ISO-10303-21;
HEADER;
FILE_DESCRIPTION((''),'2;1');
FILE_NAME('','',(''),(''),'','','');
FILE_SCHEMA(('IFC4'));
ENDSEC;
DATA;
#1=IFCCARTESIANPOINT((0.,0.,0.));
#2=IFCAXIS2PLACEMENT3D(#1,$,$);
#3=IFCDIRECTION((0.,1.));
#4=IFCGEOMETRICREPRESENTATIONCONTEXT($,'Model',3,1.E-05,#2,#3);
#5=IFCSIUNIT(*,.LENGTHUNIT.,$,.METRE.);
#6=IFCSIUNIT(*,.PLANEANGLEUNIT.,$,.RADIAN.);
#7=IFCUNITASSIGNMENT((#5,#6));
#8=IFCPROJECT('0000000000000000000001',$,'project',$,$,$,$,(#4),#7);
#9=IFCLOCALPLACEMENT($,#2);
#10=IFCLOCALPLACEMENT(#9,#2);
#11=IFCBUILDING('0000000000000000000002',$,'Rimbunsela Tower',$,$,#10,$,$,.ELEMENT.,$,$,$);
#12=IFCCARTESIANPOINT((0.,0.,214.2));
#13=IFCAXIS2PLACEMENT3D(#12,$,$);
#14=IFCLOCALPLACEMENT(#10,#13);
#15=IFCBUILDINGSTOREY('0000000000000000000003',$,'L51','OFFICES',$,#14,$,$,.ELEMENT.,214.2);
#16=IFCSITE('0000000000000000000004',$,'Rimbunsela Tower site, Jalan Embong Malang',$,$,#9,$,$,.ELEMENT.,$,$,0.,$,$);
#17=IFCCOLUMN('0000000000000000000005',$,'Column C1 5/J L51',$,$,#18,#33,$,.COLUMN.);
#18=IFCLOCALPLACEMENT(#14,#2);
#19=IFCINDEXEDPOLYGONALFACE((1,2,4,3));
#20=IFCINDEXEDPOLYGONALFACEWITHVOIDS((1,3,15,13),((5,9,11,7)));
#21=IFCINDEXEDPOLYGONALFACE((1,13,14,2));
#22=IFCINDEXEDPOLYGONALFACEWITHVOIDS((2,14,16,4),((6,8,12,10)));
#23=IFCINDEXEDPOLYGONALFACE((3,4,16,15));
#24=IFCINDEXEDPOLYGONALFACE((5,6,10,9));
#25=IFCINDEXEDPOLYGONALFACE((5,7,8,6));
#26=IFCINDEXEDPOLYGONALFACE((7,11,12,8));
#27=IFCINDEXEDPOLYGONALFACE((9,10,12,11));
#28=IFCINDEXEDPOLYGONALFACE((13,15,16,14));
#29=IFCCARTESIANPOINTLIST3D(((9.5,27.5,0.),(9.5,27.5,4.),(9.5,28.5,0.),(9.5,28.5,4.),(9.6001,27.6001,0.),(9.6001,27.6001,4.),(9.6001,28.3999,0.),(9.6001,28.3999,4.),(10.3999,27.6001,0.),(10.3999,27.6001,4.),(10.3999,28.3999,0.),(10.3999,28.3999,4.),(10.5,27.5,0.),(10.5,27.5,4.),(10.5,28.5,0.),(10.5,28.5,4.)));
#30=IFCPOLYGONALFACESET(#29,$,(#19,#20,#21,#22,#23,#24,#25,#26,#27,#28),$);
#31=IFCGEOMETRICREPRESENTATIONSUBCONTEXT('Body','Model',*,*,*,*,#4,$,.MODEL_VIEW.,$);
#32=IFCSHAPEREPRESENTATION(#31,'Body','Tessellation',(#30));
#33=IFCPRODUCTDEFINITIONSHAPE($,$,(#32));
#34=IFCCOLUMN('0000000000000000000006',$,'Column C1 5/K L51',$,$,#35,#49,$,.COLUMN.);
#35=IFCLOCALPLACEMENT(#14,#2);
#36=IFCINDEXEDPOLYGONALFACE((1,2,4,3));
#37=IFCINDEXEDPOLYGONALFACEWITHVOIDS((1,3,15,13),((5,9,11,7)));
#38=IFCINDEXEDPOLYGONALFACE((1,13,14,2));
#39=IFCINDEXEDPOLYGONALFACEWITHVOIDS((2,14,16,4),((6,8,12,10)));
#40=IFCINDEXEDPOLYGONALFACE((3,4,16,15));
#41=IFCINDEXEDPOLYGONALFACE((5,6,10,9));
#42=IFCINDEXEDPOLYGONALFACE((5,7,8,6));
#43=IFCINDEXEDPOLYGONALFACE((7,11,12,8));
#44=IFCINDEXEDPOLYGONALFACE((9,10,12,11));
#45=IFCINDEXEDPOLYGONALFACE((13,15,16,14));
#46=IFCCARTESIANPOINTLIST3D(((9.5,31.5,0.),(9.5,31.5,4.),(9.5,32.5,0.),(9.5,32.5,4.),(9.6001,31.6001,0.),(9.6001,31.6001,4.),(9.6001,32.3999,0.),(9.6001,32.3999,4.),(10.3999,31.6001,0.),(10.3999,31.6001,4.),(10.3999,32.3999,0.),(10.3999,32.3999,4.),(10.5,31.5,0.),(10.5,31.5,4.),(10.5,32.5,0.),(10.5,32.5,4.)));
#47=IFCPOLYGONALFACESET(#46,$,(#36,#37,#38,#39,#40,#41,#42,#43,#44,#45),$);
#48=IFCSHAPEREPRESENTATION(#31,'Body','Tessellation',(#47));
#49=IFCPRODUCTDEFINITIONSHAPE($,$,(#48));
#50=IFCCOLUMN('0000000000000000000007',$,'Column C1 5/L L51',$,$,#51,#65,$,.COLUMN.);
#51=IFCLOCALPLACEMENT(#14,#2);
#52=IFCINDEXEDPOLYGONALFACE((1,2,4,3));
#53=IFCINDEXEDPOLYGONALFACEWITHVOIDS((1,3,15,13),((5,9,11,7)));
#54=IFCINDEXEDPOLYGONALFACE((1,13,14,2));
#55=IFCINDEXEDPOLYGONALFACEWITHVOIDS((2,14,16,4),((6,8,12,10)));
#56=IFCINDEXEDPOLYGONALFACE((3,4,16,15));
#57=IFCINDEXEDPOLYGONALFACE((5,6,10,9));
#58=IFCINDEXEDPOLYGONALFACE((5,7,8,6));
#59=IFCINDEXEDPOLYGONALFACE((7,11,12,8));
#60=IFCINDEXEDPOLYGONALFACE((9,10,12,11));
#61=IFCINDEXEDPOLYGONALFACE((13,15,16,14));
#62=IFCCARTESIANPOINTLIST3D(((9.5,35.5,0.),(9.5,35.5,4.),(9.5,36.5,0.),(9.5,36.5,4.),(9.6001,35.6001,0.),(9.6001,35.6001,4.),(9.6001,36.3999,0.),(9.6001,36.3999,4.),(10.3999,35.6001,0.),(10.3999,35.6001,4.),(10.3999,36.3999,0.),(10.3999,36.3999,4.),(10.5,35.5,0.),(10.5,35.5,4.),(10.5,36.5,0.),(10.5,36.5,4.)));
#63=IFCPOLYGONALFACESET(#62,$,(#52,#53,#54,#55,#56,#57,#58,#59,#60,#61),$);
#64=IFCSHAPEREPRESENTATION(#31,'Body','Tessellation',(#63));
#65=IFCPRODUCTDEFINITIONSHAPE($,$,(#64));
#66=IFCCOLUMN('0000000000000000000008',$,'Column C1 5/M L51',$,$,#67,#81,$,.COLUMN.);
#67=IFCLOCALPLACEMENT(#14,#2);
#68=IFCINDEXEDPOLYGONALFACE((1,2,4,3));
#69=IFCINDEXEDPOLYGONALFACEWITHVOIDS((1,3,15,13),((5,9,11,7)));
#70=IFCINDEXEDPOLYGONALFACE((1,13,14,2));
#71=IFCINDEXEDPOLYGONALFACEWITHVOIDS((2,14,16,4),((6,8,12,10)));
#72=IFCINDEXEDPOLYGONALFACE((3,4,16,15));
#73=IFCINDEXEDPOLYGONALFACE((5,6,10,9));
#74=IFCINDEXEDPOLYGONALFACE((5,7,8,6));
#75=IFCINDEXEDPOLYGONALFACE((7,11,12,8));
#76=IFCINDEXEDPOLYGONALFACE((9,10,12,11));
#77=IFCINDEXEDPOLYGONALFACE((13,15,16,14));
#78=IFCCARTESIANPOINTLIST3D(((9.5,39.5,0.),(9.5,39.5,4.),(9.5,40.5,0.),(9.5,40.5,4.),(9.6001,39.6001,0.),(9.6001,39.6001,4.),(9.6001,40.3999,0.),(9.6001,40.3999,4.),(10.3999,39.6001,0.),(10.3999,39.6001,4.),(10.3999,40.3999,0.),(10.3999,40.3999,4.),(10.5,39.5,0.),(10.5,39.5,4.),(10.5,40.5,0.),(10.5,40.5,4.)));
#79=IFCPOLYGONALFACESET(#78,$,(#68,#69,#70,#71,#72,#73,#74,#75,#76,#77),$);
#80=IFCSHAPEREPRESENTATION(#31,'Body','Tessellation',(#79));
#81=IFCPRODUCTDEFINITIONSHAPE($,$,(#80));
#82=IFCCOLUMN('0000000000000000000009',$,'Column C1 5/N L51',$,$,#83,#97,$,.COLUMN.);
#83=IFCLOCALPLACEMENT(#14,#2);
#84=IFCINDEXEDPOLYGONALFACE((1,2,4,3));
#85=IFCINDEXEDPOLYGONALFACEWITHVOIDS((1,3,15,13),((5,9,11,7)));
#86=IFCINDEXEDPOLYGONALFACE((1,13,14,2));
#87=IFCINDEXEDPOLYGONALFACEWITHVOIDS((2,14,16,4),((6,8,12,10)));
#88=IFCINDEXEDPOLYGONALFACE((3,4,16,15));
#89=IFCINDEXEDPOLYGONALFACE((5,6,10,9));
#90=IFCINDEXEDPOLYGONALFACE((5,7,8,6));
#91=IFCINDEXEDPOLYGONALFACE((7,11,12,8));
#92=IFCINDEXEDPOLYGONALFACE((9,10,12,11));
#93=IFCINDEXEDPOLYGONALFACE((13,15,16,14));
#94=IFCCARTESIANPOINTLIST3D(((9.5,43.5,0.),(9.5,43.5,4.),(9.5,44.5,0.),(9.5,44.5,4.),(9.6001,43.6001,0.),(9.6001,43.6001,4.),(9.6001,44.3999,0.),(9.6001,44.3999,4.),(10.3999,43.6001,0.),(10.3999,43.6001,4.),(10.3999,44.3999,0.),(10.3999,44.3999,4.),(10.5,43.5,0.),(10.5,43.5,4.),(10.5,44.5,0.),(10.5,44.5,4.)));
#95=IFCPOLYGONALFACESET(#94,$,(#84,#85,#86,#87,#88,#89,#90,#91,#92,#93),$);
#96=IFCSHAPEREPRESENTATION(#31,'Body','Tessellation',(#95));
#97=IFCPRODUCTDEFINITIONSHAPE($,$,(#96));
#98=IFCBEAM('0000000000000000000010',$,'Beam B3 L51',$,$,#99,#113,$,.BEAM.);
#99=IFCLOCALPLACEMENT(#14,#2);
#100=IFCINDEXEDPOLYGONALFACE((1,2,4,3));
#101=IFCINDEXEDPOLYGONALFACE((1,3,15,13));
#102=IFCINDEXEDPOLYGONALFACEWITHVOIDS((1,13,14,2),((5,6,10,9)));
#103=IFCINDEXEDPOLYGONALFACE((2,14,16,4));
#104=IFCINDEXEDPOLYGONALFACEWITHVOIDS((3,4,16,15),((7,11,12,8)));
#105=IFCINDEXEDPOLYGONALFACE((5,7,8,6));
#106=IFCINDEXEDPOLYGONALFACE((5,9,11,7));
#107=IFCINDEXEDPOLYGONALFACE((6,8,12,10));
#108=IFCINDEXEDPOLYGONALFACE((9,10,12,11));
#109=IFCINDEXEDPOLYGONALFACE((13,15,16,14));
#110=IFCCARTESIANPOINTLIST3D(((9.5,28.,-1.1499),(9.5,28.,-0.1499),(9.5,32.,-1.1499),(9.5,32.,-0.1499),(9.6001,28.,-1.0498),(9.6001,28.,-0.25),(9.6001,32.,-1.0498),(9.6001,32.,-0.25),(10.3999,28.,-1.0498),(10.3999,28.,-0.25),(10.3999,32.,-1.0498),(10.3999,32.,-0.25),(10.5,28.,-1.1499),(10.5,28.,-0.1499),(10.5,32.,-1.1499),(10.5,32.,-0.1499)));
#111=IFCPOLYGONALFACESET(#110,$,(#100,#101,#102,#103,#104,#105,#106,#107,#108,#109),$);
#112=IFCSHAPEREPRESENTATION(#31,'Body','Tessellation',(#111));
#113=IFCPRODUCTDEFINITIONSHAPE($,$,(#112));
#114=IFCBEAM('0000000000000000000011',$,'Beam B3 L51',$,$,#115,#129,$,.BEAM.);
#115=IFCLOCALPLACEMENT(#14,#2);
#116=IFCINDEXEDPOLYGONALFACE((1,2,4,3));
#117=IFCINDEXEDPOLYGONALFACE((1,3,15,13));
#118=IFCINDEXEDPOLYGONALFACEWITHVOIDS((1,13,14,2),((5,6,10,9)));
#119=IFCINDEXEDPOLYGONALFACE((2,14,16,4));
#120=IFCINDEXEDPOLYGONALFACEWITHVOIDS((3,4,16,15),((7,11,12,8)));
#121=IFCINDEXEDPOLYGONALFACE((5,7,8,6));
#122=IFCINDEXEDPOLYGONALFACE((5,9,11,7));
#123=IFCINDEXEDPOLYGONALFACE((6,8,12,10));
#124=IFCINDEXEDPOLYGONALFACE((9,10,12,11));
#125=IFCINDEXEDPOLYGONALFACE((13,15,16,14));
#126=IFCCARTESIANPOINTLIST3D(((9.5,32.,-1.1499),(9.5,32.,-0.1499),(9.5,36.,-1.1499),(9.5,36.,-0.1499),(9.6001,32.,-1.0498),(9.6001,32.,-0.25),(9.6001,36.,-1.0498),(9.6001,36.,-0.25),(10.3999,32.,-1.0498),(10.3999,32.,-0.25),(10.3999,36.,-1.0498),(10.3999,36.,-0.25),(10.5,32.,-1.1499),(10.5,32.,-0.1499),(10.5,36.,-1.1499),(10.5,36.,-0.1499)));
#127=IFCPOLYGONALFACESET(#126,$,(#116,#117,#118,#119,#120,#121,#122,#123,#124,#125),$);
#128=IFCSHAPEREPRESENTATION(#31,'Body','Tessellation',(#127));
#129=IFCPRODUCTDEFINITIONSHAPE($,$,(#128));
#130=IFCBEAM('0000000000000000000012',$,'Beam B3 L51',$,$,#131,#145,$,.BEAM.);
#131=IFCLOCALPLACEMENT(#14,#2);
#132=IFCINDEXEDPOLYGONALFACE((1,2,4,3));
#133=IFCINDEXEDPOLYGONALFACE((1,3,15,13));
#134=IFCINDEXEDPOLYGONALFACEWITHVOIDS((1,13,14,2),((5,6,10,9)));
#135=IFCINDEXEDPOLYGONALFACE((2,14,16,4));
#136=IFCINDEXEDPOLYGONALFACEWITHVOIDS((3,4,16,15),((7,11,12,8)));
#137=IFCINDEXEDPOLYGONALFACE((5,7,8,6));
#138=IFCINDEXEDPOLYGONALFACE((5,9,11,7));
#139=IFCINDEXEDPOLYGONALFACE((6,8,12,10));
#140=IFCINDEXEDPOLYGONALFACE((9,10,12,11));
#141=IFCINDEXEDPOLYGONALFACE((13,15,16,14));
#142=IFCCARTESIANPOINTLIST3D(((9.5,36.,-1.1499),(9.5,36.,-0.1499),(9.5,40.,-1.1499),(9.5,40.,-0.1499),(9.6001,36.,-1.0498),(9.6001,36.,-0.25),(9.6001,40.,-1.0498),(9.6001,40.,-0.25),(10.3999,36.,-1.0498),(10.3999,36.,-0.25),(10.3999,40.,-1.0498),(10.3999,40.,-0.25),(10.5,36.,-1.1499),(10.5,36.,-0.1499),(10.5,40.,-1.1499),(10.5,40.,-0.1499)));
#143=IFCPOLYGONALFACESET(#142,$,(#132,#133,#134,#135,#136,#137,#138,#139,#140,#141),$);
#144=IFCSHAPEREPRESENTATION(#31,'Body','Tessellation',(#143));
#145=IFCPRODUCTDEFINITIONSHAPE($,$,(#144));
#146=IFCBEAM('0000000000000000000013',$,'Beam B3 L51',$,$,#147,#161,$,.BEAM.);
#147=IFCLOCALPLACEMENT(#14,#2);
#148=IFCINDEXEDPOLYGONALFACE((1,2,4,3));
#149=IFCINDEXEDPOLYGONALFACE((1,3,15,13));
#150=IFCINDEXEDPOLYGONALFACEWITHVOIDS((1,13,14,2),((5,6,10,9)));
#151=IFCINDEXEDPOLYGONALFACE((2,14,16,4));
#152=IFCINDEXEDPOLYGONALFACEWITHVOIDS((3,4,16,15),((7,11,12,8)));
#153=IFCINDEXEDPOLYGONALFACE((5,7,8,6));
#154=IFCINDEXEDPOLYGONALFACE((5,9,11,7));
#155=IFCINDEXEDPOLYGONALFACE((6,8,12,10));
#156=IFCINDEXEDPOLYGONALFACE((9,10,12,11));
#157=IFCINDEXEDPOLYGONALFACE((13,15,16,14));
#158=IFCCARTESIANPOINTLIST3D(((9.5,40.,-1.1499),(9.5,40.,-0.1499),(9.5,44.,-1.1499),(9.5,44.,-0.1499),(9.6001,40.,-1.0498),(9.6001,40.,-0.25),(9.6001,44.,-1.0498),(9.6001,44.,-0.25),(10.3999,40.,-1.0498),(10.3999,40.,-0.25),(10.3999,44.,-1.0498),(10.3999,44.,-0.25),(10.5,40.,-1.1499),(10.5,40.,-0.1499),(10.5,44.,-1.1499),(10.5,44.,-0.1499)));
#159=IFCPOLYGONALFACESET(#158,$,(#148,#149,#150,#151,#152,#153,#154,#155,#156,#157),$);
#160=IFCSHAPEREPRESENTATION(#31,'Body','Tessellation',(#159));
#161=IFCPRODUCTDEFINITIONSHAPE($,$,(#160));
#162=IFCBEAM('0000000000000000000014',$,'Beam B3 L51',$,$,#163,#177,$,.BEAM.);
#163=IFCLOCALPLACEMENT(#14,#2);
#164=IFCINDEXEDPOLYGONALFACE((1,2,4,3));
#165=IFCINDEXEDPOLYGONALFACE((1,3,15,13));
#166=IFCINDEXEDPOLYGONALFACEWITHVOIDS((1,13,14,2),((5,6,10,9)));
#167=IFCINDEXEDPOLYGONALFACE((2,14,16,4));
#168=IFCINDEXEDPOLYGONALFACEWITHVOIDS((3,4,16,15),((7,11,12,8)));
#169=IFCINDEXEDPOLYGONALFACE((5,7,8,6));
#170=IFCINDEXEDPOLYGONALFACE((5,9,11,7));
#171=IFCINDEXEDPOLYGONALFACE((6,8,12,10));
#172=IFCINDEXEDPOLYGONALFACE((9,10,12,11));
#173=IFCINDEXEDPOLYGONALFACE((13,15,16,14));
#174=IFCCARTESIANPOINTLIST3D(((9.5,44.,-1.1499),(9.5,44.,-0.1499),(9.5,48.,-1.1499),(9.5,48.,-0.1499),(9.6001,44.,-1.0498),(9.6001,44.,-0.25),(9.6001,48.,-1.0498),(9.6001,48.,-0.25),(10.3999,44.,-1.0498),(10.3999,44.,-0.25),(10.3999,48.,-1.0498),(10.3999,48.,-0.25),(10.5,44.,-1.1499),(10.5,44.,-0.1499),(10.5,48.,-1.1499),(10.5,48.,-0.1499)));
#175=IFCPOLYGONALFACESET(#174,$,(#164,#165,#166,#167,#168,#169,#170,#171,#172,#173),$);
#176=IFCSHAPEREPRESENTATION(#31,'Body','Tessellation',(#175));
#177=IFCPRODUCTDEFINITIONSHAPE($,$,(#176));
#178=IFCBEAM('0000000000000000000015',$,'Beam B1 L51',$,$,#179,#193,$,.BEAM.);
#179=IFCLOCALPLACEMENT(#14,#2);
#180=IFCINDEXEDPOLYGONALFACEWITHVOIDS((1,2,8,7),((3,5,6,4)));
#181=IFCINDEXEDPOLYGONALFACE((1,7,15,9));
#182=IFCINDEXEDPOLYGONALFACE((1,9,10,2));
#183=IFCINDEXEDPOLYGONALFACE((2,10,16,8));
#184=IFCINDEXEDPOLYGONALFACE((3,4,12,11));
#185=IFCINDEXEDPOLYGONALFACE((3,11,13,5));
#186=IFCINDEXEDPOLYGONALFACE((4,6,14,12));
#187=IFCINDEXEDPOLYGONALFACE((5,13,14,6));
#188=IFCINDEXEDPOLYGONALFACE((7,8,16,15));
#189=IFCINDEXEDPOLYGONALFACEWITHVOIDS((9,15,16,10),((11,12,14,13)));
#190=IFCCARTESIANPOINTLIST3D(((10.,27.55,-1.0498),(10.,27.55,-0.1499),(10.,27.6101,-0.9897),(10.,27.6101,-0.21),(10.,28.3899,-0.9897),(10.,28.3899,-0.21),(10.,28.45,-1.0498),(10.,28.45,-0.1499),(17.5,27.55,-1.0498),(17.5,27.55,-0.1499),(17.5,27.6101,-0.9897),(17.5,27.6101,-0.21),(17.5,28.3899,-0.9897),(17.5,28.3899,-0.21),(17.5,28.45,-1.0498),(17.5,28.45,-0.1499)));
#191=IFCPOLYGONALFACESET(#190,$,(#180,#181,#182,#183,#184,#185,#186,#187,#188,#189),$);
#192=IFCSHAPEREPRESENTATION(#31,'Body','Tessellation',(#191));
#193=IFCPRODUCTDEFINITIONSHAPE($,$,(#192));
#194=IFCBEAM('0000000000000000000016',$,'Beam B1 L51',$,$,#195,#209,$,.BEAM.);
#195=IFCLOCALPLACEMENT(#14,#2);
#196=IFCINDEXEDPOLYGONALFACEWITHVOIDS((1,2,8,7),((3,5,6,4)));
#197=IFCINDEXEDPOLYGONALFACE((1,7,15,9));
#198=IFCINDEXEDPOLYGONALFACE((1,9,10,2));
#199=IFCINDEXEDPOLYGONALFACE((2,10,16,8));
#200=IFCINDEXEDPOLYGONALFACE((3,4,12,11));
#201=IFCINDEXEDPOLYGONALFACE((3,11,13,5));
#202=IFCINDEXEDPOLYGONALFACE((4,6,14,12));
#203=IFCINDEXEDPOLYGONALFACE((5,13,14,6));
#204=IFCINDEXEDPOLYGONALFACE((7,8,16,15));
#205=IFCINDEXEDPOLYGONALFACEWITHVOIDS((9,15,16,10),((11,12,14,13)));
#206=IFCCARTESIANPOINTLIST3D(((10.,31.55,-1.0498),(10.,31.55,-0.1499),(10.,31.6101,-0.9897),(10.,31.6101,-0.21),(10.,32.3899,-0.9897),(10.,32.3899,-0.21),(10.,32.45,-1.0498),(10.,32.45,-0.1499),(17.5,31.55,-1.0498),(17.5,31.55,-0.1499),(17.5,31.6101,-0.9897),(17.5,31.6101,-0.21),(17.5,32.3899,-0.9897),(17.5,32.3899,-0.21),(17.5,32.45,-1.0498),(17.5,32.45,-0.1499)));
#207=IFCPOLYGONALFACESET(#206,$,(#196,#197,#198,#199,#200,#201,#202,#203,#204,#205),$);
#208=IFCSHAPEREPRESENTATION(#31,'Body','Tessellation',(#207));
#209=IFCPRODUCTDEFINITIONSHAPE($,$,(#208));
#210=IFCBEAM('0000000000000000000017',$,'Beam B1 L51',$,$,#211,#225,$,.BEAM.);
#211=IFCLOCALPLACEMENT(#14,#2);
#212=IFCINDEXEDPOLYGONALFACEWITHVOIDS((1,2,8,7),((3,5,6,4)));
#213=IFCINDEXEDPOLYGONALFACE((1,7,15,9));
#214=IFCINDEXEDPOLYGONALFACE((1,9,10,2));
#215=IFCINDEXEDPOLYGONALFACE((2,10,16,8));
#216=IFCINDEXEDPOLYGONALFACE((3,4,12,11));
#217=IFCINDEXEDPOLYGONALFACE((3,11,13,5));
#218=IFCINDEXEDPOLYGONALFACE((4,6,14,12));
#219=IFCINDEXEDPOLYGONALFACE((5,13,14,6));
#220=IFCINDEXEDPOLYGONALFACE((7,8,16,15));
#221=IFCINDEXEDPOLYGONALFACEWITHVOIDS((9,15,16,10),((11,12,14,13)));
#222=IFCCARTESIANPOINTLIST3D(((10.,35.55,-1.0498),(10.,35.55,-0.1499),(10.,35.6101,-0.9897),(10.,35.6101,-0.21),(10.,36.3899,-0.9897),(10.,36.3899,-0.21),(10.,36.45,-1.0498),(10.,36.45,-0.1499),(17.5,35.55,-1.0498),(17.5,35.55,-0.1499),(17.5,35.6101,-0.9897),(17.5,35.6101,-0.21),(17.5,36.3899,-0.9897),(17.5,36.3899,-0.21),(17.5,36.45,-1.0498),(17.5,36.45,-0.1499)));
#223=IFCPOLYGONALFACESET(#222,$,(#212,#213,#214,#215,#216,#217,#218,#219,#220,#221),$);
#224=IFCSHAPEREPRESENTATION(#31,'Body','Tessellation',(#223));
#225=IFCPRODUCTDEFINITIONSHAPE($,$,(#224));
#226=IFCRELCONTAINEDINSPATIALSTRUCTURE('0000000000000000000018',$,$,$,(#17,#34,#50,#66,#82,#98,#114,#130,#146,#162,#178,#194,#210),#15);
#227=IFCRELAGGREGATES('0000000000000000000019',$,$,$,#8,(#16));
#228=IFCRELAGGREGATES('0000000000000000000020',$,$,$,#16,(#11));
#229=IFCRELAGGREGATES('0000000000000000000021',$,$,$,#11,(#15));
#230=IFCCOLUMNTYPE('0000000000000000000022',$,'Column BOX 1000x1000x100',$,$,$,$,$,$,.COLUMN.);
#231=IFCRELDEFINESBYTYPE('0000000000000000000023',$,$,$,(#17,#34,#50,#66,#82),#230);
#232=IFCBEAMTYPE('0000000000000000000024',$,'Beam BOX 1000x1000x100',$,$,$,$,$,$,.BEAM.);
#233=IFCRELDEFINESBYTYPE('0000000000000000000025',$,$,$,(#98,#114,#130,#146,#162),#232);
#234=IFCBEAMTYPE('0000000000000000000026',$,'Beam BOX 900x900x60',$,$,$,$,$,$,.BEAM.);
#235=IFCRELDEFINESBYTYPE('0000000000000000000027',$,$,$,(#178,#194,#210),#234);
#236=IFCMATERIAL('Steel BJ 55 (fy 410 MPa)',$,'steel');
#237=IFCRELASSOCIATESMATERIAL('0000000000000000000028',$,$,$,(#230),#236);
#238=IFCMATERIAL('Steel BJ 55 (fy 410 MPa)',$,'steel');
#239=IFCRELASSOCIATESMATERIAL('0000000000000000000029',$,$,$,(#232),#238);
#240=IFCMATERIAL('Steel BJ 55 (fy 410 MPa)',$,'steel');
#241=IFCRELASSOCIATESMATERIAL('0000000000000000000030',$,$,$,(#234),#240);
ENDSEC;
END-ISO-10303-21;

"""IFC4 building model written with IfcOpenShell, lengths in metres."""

from ifc_helpers import new_model, si_unit, direction, frame, origin, origin_2d, place, context, subcontext, project, spatial, hollow_rectangle, extrude, material, material_profile, profile_set, type_object, element, save


model = new_model("IFC4")

# Units and contexts
model_context = context("Model", 3, precision=1e-05, world=origin(), true_north=direction((0.0, 1.0)))
body_context = subcontext(model_context, "Body", "Model", "MODEL_VIEW")
ifc_project = project(units=[si_unit("LENGTHUNIT", "METRE"), si_unit("PLANEANGLEUNIT", "RADIAN")], contexts=[model_context])

# Site, building, storey
site_placement = place(None, origin())
site = spatial("IfcSite", under=ifc_project, at=site_placement, Name="Rimbunsela Tower site, Jalan Embong Malang", CompositionType="ELEMENT", RefElevation=0.0)
building_placement = place(site_placement, origin())
building = spatial("IfcBuilding", under=site, at=building_placement, Name="Rimbunsela Tower", CompositionType="ELEMENT")
storey_placement = place(building_placement, frame((0.0, 0.0, 214.2)))
storey = spatial("IfcBuildingStorey", under=building, at=storey_placement, Name="L51", Description="OFFICES", CompositionType="ELEMENT", Elevation=214.2)

# Columns
ifc_material_1 = material(Name="Steel BJ 55 (fy 410 MPa)", Category="steel")
ifc_material_profile_1 = material_profile(ifc_material_1, hollow_rectangle(XDim=1.0, YDim=1.0, WallThickness=0.1001, at=origin_2d()), Name="BOX 1000x1000x100")
ifc_profile_set_1 = profile_set([ifc_material_profile_1], Name="Steel BJ 55 (fy 410 MPa)")
column_type = type_object("IfcColumnType", Name="Column BOX 1000x1000x100", PredefinedType="COLUMN", material=ifc_profile_set_1)
for number, where, z_axis, x_axis, name in (
    (1, (10.0, 28.0, 0.0), (0.0, 0.0, 1.0), (1.0, 0.0, 0.0), "Column C1 5/J L51"),
    (2, (10.0, 32.0, 0.0), (0.0, 0.0, 1.0), (1.0, 0.0, 0.0), "Column C1 5/K L51"),
    (3, (10.0, 36.0, 0.0), (0.0, 0.0, 1.0), (1.0, 0.0, 0.0), "Column C1 5/L L51"),
    (4, (10.0, 40.0, 0.0), (0.0, 0.0, 1.0), (1.0, 0.0, 0.0), "Column C1 5/M L51"),
    (5, (10.0, 44.0, 0.0), (0.0, 0.0, 1.0), (1.0, 0.0, 0.0), "Column C1 5/N L51"),
):
    element("IfcColumn", number, at=place(storey_placement, frame(where, z_axis=z_axis, x_axis=x_axis)), inside=storey, type_object=column_type, Name=name, PredefinedType="COLUMN", context=body_context, shape_type="SweptSolid", body=[
        extrude(hollow_rectangle(XDim=1.0, YDim=1.0, WallThickness=0.1001, at=origin_2d()), origin(), (0.0, 0.0, 1.0), 4.0),
    ])

# Beams
ifc_material_2 = material(Name="Steel BJ 55 (fy 410 MPa)", Category="steel")
ifc_material_profile_2 = material_profile(ifc_material_2, hollow_rectangle(XDim=1.0, YDim=1.0, WallThickness=0.1001, at=origin_2d()), Name="BOX 1000x1000x100")
ifc_profile_set_2 = profile_set([ifc_material_profile_2], Name="Steel BJ 55 (fy 410 MPa)")
beam_type_1 = type_object("IfcBeamType", Name="Beam BOX 1000x1000x100", PredefinedType="BEAM", material=ifc_profile_set_2)
for number, where, z_axis, x_axis, name in (
    (6, (10.0, 28.0, -0.6499), (0.0, 1.0, 0.0), (-1.0, 0.0, 0.0), "Beam B3 L51"),
    (7, (10.0, 32.0, -0.6499), (0.0, 1.0, 0.0), (-1.0, 0.0, 0.0), "Beam B3 L51"),
    (8, (10.0, 36.0, -0.6499), (0.0, 1.0, 0.0), (-1.0, 0.0, 0.0), "Beam B3 L51"),
    (9, (10.0, 40.0, -0.6499), (0.0, 1.0, 0.0), (-1.0, 0.0, 0.0), "Beam B3 L51"),
    (10, (10.0, 44.0, -0.6499), (0.0, 1.0, 0.0), (-1.0, 0.0, 0.0), "Beam B3 L51"),
):
    element("IfcBeam", number, at=place(storey_placement, frame(where, z_axis=z_axis, x_axis=x_axis)), inside=storey, type_object=beam_type_1, Name=name, PredefinedType="BEAM", context=body_context, shape_type="SweptSolid", body=[
        extrude(hollow_rectangle(XDim=1.0, YDim=1.0, WallThickness=0.1001, at=origin_2d()), origin(), (0.0, 0.0, 1.0), 4.0),
    ])
ifc_material_3 = material(Name="Steel BJ 55 (fy 410 MPa)", Category="steel")
ifc_material_profile_3 = material_profile(ifc_material_3, hollow_rectangle(XDim=0.8999, YDim=0.8999, WallThickness=0.0601, at=origin_2d()), Name="BOX 900x900x60")
ifc_profile_set_3 = profile_set([ifc_material_profile_3], Name="Steel BJ 55 (fy 410 MPa)")
beam_type_2 = type_object("IfcBeamType", Name="Beam BOX 900x900x60", PredefinedType="BEAM", material=ifc_profile_set_3)
for number, where, z_axis, x_axis, name in (
    (11, (10.0, 28.0, -0.5999), (1.0, 0.0, 0.0), (0.0, 1.0, 0.0), "Beam B1 L51"),
    (12, (10.0, 32.0, -0.5999), (1.0, 0.0, 0.0), (0.0, 1.0, 0.0), "Beam B1 L51"),
    (13, (10.0, 36.0, -0.5999), (1.0, 0.0, 0.0), (0.0, 1.0, 0.0), "Beam B1 L51"),
):
    element("IfcBeam", number, at=place(storey_placement, frame(where, z_axis=z_axis, x_axis=x_axis)), inside=storey, type_object=beam_type_2, Name=name, PredefinedType="BEAM", context=body_context, shape_type="SweptSolid", body=[
        extrude(hollow_rectangle(XDim=0.8999, YDim=0.8999, WallThickness=0.0601, at=origin_2d()), origin(), (0.0, 0.0, 1.0), 7.5),
    ])

save(model, "model.ifc")
